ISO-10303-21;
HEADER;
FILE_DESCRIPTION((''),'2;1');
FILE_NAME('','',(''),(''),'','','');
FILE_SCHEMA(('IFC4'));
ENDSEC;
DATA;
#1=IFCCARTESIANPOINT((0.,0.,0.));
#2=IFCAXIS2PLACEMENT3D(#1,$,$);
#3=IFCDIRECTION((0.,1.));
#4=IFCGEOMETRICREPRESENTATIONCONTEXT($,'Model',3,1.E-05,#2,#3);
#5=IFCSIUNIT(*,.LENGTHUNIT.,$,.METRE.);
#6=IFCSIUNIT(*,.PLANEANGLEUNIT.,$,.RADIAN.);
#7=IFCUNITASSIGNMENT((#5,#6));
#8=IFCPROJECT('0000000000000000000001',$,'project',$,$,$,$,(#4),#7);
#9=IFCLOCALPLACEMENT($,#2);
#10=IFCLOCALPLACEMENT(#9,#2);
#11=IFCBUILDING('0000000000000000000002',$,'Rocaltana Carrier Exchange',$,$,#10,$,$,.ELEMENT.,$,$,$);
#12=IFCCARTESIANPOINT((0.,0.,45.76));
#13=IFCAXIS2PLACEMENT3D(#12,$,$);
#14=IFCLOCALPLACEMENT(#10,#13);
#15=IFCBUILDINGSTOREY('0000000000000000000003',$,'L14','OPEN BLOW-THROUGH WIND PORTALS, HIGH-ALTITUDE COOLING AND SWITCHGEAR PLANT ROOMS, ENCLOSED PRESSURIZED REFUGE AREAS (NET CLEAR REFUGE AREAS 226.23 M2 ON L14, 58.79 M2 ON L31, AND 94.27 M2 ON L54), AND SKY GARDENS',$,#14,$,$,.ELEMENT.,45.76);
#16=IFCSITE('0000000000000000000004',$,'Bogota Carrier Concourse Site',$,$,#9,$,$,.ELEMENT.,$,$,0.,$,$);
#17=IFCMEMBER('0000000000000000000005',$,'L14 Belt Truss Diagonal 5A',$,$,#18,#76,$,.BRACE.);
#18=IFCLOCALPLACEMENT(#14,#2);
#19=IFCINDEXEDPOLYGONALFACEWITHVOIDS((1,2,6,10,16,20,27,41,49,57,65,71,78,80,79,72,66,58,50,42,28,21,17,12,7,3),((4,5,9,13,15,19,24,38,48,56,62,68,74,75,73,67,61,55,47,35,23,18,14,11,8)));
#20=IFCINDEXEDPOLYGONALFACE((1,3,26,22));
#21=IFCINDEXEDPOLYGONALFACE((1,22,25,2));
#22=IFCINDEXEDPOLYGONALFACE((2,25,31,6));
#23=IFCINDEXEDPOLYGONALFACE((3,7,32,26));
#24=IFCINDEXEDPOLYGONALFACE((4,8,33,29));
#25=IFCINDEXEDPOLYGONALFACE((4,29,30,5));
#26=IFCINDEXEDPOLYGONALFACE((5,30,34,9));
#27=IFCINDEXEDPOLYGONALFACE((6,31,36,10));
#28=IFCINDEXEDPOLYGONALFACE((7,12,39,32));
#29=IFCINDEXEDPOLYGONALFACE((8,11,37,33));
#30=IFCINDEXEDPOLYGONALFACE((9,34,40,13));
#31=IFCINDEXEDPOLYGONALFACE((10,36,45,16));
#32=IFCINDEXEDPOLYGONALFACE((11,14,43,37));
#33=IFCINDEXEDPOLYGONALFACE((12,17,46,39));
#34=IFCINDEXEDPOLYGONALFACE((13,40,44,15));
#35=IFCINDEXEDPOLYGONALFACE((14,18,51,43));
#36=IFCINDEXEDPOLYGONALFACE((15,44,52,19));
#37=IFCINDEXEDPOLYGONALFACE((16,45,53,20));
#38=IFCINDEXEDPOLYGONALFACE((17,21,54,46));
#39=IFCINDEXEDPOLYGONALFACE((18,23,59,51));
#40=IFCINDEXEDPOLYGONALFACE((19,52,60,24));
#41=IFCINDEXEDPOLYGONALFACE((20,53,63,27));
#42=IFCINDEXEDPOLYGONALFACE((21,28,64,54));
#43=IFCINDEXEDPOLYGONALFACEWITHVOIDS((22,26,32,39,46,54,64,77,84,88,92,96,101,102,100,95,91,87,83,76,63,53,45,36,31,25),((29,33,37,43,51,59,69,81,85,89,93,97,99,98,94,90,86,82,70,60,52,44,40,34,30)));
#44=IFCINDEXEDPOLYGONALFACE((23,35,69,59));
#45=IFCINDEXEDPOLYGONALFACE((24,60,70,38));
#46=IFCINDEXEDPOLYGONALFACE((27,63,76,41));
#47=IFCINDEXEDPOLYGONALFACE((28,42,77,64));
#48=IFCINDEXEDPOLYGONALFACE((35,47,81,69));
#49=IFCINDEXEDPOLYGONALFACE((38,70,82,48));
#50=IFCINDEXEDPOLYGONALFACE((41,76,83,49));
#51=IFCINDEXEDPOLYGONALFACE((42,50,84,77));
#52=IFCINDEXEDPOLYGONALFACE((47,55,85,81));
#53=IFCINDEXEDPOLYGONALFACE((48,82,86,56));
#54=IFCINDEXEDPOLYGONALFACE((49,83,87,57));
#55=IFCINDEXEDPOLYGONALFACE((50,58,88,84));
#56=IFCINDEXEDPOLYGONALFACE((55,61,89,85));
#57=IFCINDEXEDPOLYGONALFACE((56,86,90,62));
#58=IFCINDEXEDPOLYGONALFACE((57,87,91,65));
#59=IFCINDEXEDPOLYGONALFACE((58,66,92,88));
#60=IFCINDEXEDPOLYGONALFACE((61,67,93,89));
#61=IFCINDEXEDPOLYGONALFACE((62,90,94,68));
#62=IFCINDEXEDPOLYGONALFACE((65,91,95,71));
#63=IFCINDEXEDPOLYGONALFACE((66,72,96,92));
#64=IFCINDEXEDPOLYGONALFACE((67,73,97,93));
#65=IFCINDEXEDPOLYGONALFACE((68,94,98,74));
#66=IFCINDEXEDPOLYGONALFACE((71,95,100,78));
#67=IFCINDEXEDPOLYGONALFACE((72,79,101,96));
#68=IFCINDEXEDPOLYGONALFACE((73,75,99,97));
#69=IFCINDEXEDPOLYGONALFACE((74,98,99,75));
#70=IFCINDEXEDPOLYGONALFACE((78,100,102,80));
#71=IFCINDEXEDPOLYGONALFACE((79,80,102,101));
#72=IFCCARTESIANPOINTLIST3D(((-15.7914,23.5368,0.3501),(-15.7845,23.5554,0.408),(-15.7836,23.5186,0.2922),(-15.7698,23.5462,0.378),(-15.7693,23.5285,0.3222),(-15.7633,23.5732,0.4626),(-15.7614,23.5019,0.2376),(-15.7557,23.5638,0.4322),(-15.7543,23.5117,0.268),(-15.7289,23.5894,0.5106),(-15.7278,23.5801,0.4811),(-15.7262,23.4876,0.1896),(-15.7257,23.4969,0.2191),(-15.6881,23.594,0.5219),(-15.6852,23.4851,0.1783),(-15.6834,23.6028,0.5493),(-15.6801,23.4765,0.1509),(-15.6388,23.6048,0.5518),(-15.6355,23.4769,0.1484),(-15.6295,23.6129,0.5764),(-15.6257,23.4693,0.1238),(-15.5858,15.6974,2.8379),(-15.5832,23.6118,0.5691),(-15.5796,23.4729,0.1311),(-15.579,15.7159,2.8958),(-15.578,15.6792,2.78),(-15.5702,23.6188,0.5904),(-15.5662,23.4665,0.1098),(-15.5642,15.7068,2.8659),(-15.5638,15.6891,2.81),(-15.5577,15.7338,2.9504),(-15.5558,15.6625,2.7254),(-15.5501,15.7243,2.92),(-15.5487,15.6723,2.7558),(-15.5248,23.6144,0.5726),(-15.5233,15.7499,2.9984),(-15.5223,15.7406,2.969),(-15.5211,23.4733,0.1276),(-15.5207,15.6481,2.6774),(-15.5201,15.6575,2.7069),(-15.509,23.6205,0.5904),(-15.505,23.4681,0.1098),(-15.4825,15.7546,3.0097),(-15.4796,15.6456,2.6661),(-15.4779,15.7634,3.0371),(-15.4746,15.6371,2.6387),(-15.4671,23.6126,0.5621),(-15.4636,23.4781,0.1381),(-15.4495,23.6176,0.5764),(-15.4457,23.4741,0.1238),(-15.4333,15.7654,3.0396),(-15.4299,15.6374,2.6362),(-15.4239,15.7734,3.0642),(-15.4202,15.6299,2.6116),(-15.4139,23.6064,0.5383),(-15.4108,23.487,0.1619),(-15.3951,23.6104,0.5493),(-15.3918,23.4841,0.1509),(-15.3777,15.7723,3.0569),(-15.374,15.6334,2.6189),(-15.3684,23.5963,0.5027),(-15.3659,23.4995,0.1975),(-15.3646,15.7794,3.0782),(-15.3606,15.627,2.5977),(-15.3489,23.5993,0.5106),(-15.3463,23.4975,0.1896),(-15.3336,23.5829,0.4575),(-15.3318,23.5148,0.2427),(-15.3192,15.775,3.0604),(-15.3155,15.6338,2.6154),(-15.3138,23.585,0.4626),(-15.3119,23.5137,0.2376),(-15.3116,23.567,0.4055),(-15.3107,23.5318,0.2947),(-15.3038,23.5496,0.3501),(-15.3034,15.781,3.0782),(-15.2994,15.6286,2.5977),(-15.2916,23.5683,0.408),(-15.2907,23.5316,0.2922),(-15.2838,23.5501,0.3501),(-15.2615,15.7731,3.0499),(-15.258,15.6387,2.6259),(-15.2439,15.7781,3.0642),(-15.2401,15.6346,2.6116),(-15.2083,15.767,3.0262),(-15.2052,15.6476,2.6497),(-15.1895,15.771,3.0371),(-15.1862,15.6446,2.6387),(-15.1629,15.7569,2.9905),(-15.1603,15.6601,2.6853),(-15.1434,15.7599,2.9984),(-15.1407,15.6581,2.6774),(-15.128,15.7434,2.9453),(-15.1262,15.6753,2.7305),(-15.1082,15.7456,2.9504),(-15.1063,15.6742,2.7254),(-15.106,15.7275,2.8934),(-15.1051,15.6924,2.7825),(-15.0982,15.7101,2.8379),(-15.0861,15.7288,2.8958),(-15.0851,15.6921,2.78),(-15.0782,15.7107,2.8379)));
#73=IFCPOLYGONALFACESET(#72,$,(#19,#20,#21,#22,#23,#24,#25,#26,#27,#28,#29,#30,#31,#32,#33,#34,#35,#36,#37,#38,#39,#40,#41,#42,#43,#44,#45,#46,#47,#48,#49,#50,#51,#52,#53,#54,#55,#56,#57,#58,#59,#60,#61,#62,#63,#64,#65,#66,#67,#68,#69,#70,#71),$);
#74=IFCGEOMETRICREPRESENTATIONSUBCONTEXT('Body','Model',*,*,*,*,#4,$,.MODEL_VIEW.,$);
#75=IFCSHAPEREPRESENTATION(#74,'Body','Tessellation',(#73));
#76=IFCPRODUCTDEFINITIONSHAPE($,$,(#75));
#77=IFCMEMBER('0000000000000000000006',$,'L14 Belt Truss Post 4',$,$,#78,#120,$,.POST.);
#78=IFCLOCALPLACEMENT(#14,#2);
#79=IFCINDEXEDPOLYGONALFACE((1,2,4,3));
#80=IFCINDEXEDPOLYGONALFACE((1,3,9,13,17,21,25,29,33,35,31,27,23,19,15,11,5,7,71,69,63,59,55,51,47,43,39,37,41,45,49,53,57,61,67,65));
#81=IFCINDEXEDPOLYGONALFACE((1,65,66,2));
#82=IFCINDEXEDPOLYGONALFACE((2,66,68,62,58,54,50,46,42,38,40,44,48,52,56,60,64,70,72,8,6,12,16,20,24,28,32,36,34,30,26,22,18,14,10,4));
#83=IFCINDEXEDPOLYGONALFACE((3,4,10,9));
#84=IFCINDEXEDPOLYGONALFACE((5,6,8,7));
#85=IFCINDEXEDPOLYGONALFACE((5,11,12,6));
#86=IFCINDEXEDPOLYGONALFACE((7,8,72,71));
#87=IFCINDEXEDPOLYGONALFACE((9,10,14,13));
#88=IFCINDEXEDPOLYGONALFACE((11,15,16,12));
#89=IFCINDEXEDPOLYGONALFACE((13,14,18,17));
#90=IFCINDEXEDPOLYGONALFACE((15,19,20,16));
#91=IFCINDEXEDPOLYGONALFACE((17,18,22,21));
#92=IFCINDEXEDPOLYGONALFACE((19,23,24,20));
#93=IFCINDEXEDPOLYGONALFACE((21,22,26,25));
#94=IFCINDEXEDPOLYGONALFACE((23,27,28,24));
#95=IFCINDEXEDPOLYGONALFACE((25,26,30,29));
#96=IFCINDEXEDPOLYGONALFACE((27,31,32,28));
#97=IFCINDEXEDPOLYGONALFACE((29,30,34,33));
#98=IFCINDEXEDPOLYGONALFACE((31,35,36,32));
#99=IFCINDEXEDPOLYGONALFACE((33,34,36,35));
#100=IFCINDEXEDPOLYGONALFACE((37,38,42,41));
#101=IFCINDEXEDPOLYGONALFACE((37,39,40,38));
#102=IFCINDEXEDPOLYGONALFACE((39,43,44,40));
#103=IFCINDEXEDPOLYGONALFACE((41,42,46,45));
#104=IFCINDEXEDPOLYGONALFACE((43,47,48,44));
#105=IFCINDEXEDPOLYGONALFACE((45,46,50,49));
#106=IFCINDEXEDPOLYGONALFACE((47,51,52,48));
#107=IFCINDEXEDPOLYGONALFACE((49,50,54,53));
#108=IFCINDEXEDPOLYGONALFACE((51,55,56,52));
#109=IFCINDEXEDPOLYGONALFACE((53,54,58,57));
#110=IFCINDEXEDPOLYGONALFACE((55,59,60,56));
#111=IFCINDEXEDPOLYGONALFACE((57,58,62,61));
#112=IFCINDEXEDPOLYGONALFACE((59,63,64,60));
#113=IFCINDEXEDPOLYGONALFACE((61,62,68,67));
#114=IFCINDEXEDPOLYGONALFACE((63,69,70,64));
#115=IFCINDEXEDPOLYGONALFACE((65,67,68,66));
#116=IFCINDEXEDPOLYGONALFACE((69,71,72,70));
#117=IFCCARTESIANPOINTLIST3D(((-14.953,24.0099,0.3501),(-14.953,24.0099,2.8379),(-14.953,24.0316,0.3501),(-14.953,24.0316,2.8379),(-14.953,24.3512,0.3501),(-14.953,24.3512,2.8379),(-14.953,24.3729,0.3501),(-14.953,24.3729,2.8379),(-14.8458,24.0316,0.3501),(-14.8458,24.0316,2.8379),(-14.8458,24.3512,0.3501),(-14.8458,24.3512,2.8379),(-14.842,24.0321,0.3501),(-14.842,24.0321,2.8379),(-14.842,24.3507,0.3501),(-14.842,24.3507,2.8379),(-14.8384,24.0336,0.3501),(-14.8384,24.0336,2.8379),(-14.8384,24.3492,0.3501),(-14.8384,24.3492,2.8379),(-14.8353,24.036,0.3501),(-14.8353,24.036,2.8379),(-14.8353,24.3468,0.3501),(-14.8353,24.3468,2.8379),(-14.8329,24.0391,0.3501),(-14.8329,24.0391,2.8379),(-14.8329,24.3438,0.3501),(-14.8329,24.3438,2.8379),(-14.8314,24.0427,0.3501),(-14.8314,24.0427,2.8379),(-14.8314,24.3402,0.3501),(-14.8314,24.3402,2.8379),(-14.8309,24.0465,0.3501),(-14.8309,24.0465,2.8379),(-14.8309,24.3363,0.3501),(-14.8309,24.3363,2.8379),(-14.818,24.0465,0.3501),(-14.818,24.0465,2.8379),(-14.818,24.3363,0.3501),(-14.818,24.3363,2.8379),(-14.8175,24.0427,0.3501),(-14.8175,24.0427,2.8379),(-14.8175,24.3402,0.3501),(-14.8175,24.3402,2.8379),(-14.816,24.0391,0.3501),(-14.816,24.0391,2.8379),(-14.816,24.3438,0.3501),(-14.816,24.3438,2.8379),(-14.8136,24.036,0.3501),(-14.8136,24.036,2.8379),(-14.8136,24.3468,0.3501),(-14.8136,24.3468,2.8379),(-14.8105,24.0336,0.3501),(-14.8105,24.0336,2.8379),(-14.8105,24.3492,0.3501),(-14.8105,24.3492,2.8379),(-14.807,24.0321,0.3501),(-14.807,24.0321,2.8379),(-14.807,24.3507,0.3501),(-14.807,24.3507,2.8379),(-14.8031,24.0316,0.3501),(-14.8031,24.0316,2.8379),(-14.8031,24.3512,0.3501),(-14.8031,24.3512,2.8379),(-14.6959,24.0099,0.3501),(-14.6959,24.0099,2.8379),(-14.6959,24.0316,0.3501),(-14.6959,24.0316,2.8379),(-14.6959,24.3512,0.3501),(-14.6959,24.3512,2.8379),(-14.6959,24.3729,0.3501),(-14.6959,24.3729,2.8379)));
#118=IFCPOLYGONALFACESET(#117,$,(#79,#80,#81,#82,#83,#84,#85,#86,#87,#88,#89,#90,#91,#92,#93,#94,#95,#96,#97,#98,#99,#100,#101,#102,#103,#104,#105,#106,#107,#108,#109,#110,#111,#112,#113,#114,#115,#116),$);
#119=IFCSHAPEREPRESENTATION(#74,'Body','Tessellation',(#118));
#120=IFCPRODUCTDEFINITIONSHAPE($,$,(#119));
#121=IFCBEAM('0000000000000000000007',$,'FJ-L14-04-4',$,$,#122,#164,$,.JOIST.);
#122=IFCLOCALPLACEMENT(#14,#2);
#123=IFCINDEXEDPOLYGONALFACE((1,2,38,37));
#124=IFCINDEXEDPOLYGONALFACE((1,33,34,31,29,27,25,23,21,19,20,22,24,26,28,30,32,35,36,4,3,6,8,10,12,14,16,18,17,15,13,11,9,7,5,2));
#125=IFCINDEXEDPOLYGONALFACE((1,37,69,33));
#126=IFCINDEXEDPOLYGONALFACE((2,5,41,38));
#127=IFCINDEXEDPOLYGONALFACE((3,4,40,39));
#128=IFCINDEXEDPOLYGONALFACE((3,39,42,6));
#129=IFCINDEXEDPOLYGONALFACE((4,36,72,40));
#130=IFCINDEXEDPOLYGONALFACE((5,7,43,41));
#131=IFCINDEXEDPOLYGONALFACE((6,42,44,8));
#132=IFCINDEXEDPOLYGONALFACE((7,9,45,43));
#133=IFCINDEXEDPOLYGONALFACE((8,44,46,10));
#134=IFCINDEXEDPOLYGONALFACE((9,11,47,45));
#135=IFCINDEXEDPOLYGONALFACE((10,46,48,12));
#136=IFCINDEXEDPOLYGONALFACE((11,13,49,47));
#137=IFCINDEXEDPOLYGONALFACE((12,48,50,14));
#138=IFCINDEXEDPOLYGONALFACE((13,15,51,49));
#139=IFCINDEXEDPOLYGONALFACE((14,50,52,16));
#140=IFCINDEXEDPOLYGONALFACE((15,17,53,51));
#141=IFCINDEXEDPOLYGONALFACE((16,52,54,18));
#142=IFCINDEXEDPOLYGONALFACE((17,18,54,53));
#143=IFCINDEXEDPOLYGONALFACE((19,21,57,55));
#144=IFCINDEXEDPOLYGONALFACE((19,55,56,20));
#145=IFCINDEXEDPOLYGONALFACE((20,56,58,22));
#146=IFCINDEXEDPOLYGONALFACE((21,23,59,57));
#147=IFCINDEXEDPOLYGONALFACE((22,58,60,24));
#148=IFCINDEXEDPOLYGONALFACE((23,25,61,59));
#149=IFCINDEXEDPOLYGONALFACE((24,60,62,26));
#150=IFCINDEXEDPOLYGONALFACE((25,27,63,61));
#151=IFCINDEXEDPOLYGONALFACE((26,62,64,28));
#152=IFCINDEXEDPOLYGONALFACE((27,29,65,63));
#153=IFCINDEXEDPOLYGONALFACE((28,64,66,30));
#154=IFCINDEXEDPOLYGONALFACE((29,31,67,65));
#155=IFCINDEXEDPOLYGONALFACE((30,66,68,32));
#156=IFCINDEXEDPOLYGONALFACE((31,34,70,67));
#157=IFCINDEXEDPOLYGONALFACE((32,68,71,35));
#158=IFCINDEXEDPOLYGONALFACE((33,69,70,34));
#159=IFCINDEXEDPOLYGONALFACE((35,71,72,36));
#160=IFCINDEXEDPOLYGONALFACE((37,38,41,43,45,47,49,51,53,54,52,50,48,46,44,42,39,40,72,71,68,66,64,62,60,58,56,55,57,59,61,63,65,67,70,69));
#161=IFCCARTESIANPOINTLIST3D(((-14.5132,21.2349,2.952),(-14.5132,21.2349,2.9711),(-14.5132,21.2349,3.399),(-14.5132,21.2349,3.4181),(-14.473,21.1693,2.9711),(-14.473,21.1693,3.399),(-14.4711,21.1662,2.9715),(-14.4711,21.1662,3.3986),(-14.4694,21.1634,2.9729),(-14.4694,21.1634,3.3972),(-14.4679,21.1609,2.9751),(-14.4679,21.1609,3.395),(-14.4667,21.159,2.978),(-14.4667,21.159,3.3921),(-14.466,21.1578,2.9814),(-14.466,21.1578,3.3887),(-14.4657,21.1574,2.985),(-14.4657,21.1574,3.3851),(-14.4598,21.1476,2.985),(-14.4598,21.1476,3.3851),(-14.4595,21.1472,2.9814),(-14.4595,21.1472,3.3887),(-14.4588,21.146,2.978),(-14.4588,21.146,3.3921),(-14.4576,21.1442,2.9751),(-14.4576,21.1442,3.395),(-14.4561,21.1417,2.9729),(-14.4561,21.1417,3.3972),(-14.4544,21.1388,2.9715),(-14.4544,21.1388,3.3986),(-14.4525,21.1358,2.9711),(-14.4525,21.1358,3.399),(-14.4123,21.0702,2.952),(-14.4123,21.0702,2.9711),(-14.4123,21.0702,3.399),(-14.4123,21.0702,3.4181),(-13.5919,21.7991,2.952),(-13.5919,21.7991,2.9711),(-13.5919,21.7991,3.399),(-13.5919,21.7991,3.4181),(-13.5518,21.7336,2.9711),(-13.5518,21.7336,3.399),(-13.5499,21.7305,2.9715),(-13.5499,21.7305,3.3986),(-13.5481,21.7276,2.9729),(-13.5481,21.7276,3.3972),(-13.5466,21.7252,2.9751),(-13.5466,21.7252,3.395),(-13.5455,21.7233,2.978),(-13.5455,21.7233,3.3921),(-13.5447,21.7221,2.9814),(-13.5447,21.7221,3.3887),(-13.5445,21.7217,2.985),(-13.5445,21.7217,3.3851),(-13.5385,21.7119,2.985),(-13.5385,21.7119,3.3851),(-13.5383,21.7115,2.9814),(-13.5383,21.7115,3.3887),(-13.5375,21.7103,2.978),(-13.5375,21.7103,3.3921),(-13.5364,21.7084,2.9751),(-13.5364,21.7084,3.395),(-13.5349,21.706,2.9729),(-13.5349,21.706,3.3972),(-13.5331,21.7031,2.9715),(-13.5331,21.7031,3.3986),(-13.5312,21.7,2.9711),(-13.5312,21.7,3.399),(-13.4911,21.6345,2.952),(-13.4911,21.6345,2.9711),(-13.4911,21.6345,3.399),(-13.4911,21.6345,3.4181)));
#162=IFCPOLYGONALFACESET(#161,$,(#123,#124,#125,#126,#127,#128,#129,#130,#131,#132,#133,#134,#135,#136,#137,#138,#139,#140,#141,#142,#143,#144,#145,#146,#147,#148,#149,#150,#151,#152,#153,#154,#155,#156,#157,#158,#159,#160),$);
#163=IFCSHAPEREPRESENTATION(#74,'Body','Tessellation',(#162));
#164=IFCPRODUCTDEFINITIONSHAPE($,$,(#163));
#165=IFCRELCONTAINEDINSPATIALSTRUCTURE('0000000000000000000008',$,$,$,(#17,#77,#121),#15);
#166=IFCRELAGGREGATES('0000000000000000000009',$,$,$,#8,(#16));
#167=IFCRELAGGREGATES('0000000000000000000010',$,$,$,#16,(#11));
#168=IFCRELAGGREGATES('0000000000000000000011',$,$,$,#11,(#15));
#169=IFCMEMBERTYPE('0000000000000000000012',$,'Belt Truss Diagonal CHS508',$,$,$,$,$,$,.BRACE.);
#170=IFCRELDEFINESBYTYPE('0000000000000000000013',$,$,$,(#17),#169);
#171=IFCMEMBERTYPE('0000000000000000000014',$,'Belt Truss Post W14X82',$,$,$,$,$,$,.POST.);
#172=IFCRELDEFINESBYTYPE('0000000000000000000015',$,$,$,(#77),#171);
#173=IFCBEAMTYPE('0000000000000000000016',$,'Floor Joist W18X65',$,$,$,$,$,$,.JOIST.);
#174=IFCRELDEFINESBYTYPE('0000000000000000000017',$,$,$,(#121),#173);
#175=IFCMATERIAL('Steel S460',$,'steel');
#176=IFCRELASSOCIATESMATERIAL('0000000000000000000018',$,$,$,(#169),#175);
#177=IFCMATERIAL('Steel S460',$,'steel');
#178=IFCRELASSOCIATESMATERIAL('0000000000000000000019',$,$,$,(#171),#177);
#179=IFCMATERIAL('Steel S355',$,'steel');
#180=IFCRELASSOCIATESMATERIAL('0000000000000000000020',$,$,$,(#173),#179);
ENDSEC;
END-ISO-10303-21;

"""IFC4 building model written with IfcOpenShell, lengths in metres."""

from ifc_helpers import new_model, si_unit, direction, frame, origin, origin_2d, place, context, subcontext, project, spatial, hollow_circle, i_section, extrude, material, material_profile, profile_set, type_object, element, save


model = new_model("IFC4")

# Units and contexts
model_context = context("Model", 3, precision=1e-05, world=origin(), true_north=direction((0.0, 1.0)))
body_context = subcontext(model_context, "Body", "Model", "MODEL_VIEW")
ifc_project = project(units=[si_unit("LENGTHUNIT", "METRE"), si_unit("PLANEANGLEUNIT", "RADIAN")], contexts=[model_context])

# Site, building, storey
site_placement = place(None, origin())
site = spatial("IfcSite", under=ifc_project, at=site_placement, Name="Bogota Carrier Concourse Site", CompositionType="ELEMENT", RefElevation=0.0)
building_placement = place(site_placement, origin())
building = spatial("IfcBuilding", under=site, at=building_placement, Name="Rocaltana Carrier Exchange", CompositionType="ELEMENT")
storey_placement = place(building_placement, frame((0.0, 0.0, 45.76)))
storey = spatial("IfcBuildingStorey", under=building, at=storey_placement, Name="L14", Description="OPEN BLOW-THROUGH WIND PORTALS, HIGH-ALTITUDE COOLING AND SWITCHGEAR PLANT ROOMS, ENCLOSED PRESSURIZED REFUGE AREAS (NET CLEAR REFUGE AREAS 226.23 M2 ON L14, 58.79 M2 ON L31, AND 94.27 M2 ON L54), AND SKY GARDENS", CompositionType="ELEMENT", Elevation=45.76)

# Members
ifc_material_1 = material(Name="Steel S460", Category="steel")
ifc_material_profile_1 = material_profile(ifc_material_1, hollow_circle(Radius=0.2539, WallThickness=0.02, at=origin_2d()), Name="CHS508X20")
ifc_profile_set_1 = profile_set([ifc_material_profile_1], Name="Steel S460")
member_type_1 = type_object("IfcMemberType", Name="Belt Truss Diagonal CHS508", PredefinedType="BRACE", material=ifc_profile_set_1)
member_1_placement = place(storey_placement, frame((-15.5376, 23.5435, 0.3501), z_axis=(0.024986, -0.952858, 0.302386), x_axis=(0.999656, 0.026213, 0.0)))
element("IfcMember", 1, at=member_1_placement, inside=storey, type_object=member_type_1, Name="L14 Belt Truss Diagonal 5A", PredefinedType="BRACE", context=body_context, shape_type="SweptSolid", body=[
    extrude(hollow_circle(Radius=0.2539, WallThickness=0.02, at=origin_2d()), origin(), (0.0, 0.0, 1.0), 8.2273),
])
ifc_material_2 = material(Name="Steel S460", Category="steel")
ifc_material_profile_2 = material_profile(ifc_material_2, i_section(OverallWidth=0.2571, OverallDepth=0.363, WebThickness=0.0129, FlangeThickness=0.0217, FilletRadius=0.0149, at=origin_2d()), Name="W14X82")
ifc_profile_set_2 = profile_set([ifc_material_profile_2], Name="Steel S460")
member_type_2 = type_object("IfcMemberType", Name="Belt Truss Post W14X82", PredefinedType="POST", material=ifc_profile_set_2)
member_2_placement = place(storey_placement, frame((-14.8245, 24.1914, 0.3501), z_axis=(0.0, 0.0, 1.0), x_axis=(1.0, 0.0, 0.0)))
element("IfcMember", 2, at=member_2_placement, inside=storey, type_object=member_type_2, Name="L14 Belt Truss Post 4", PredefinedType="POST", context=body_context, shape_type="SweptSolid", body=[
    extrude(i_section(OverallWidth=0.2571, OverallDepth=0.363, WebThickness=0.0129, FlangeThickness=0.0217, FilletRadius=0.0149, at=origin_2d()), origin(), (0.0, 0.0, 1.0), 2.4878),
])

# Beam
ifc_material_3 = material(Name="Steel S355", Category="steel")
ifc_material_profile_3 = material_profile(ifc_material_3, i_section(OverallWidth=0.1931, OverallDepth=0.4661, WebThickness=0.0115, FlangeThickness=0.019, FilletRadius=0.0139, at=origin_2d()), Name="W18X65")
ifc_profile_set_3 = profile_set([ifc_material_profile_3], Name="Steel S355")
beam_type_1 = type_object("IfcBeamType", Name="Floor Joist W18X65", PredefinedType="JOIST", material=ifc_profile_set_3)
beam_1_placement = place(storey_placement, frame((-13.5415, 21.7168, 3.1851), z_axis=(-0.852751, -0.522318, 0.0), x_axis=(0.522318, -0.852751, 0.0)))
element("IfcBeam", 3, at=beam_1_placement, inside=storey, type_object=beam_type_1, Name="FJ-L14-04-4", PredefinedType="JOIST", context=body_context, shape_type="SweptSolid", body=[
    extrude(i_section(OverallWidth=0.1931, OverallDepth=0.4661, WebThickness=0.0115, FlangeThickness=0.019, FilletRadius=0.0139, at=origin_2d()), origin(), (0.0, 0.0, 1.0), 1.0803),
])

save(model, "model.ifc")
